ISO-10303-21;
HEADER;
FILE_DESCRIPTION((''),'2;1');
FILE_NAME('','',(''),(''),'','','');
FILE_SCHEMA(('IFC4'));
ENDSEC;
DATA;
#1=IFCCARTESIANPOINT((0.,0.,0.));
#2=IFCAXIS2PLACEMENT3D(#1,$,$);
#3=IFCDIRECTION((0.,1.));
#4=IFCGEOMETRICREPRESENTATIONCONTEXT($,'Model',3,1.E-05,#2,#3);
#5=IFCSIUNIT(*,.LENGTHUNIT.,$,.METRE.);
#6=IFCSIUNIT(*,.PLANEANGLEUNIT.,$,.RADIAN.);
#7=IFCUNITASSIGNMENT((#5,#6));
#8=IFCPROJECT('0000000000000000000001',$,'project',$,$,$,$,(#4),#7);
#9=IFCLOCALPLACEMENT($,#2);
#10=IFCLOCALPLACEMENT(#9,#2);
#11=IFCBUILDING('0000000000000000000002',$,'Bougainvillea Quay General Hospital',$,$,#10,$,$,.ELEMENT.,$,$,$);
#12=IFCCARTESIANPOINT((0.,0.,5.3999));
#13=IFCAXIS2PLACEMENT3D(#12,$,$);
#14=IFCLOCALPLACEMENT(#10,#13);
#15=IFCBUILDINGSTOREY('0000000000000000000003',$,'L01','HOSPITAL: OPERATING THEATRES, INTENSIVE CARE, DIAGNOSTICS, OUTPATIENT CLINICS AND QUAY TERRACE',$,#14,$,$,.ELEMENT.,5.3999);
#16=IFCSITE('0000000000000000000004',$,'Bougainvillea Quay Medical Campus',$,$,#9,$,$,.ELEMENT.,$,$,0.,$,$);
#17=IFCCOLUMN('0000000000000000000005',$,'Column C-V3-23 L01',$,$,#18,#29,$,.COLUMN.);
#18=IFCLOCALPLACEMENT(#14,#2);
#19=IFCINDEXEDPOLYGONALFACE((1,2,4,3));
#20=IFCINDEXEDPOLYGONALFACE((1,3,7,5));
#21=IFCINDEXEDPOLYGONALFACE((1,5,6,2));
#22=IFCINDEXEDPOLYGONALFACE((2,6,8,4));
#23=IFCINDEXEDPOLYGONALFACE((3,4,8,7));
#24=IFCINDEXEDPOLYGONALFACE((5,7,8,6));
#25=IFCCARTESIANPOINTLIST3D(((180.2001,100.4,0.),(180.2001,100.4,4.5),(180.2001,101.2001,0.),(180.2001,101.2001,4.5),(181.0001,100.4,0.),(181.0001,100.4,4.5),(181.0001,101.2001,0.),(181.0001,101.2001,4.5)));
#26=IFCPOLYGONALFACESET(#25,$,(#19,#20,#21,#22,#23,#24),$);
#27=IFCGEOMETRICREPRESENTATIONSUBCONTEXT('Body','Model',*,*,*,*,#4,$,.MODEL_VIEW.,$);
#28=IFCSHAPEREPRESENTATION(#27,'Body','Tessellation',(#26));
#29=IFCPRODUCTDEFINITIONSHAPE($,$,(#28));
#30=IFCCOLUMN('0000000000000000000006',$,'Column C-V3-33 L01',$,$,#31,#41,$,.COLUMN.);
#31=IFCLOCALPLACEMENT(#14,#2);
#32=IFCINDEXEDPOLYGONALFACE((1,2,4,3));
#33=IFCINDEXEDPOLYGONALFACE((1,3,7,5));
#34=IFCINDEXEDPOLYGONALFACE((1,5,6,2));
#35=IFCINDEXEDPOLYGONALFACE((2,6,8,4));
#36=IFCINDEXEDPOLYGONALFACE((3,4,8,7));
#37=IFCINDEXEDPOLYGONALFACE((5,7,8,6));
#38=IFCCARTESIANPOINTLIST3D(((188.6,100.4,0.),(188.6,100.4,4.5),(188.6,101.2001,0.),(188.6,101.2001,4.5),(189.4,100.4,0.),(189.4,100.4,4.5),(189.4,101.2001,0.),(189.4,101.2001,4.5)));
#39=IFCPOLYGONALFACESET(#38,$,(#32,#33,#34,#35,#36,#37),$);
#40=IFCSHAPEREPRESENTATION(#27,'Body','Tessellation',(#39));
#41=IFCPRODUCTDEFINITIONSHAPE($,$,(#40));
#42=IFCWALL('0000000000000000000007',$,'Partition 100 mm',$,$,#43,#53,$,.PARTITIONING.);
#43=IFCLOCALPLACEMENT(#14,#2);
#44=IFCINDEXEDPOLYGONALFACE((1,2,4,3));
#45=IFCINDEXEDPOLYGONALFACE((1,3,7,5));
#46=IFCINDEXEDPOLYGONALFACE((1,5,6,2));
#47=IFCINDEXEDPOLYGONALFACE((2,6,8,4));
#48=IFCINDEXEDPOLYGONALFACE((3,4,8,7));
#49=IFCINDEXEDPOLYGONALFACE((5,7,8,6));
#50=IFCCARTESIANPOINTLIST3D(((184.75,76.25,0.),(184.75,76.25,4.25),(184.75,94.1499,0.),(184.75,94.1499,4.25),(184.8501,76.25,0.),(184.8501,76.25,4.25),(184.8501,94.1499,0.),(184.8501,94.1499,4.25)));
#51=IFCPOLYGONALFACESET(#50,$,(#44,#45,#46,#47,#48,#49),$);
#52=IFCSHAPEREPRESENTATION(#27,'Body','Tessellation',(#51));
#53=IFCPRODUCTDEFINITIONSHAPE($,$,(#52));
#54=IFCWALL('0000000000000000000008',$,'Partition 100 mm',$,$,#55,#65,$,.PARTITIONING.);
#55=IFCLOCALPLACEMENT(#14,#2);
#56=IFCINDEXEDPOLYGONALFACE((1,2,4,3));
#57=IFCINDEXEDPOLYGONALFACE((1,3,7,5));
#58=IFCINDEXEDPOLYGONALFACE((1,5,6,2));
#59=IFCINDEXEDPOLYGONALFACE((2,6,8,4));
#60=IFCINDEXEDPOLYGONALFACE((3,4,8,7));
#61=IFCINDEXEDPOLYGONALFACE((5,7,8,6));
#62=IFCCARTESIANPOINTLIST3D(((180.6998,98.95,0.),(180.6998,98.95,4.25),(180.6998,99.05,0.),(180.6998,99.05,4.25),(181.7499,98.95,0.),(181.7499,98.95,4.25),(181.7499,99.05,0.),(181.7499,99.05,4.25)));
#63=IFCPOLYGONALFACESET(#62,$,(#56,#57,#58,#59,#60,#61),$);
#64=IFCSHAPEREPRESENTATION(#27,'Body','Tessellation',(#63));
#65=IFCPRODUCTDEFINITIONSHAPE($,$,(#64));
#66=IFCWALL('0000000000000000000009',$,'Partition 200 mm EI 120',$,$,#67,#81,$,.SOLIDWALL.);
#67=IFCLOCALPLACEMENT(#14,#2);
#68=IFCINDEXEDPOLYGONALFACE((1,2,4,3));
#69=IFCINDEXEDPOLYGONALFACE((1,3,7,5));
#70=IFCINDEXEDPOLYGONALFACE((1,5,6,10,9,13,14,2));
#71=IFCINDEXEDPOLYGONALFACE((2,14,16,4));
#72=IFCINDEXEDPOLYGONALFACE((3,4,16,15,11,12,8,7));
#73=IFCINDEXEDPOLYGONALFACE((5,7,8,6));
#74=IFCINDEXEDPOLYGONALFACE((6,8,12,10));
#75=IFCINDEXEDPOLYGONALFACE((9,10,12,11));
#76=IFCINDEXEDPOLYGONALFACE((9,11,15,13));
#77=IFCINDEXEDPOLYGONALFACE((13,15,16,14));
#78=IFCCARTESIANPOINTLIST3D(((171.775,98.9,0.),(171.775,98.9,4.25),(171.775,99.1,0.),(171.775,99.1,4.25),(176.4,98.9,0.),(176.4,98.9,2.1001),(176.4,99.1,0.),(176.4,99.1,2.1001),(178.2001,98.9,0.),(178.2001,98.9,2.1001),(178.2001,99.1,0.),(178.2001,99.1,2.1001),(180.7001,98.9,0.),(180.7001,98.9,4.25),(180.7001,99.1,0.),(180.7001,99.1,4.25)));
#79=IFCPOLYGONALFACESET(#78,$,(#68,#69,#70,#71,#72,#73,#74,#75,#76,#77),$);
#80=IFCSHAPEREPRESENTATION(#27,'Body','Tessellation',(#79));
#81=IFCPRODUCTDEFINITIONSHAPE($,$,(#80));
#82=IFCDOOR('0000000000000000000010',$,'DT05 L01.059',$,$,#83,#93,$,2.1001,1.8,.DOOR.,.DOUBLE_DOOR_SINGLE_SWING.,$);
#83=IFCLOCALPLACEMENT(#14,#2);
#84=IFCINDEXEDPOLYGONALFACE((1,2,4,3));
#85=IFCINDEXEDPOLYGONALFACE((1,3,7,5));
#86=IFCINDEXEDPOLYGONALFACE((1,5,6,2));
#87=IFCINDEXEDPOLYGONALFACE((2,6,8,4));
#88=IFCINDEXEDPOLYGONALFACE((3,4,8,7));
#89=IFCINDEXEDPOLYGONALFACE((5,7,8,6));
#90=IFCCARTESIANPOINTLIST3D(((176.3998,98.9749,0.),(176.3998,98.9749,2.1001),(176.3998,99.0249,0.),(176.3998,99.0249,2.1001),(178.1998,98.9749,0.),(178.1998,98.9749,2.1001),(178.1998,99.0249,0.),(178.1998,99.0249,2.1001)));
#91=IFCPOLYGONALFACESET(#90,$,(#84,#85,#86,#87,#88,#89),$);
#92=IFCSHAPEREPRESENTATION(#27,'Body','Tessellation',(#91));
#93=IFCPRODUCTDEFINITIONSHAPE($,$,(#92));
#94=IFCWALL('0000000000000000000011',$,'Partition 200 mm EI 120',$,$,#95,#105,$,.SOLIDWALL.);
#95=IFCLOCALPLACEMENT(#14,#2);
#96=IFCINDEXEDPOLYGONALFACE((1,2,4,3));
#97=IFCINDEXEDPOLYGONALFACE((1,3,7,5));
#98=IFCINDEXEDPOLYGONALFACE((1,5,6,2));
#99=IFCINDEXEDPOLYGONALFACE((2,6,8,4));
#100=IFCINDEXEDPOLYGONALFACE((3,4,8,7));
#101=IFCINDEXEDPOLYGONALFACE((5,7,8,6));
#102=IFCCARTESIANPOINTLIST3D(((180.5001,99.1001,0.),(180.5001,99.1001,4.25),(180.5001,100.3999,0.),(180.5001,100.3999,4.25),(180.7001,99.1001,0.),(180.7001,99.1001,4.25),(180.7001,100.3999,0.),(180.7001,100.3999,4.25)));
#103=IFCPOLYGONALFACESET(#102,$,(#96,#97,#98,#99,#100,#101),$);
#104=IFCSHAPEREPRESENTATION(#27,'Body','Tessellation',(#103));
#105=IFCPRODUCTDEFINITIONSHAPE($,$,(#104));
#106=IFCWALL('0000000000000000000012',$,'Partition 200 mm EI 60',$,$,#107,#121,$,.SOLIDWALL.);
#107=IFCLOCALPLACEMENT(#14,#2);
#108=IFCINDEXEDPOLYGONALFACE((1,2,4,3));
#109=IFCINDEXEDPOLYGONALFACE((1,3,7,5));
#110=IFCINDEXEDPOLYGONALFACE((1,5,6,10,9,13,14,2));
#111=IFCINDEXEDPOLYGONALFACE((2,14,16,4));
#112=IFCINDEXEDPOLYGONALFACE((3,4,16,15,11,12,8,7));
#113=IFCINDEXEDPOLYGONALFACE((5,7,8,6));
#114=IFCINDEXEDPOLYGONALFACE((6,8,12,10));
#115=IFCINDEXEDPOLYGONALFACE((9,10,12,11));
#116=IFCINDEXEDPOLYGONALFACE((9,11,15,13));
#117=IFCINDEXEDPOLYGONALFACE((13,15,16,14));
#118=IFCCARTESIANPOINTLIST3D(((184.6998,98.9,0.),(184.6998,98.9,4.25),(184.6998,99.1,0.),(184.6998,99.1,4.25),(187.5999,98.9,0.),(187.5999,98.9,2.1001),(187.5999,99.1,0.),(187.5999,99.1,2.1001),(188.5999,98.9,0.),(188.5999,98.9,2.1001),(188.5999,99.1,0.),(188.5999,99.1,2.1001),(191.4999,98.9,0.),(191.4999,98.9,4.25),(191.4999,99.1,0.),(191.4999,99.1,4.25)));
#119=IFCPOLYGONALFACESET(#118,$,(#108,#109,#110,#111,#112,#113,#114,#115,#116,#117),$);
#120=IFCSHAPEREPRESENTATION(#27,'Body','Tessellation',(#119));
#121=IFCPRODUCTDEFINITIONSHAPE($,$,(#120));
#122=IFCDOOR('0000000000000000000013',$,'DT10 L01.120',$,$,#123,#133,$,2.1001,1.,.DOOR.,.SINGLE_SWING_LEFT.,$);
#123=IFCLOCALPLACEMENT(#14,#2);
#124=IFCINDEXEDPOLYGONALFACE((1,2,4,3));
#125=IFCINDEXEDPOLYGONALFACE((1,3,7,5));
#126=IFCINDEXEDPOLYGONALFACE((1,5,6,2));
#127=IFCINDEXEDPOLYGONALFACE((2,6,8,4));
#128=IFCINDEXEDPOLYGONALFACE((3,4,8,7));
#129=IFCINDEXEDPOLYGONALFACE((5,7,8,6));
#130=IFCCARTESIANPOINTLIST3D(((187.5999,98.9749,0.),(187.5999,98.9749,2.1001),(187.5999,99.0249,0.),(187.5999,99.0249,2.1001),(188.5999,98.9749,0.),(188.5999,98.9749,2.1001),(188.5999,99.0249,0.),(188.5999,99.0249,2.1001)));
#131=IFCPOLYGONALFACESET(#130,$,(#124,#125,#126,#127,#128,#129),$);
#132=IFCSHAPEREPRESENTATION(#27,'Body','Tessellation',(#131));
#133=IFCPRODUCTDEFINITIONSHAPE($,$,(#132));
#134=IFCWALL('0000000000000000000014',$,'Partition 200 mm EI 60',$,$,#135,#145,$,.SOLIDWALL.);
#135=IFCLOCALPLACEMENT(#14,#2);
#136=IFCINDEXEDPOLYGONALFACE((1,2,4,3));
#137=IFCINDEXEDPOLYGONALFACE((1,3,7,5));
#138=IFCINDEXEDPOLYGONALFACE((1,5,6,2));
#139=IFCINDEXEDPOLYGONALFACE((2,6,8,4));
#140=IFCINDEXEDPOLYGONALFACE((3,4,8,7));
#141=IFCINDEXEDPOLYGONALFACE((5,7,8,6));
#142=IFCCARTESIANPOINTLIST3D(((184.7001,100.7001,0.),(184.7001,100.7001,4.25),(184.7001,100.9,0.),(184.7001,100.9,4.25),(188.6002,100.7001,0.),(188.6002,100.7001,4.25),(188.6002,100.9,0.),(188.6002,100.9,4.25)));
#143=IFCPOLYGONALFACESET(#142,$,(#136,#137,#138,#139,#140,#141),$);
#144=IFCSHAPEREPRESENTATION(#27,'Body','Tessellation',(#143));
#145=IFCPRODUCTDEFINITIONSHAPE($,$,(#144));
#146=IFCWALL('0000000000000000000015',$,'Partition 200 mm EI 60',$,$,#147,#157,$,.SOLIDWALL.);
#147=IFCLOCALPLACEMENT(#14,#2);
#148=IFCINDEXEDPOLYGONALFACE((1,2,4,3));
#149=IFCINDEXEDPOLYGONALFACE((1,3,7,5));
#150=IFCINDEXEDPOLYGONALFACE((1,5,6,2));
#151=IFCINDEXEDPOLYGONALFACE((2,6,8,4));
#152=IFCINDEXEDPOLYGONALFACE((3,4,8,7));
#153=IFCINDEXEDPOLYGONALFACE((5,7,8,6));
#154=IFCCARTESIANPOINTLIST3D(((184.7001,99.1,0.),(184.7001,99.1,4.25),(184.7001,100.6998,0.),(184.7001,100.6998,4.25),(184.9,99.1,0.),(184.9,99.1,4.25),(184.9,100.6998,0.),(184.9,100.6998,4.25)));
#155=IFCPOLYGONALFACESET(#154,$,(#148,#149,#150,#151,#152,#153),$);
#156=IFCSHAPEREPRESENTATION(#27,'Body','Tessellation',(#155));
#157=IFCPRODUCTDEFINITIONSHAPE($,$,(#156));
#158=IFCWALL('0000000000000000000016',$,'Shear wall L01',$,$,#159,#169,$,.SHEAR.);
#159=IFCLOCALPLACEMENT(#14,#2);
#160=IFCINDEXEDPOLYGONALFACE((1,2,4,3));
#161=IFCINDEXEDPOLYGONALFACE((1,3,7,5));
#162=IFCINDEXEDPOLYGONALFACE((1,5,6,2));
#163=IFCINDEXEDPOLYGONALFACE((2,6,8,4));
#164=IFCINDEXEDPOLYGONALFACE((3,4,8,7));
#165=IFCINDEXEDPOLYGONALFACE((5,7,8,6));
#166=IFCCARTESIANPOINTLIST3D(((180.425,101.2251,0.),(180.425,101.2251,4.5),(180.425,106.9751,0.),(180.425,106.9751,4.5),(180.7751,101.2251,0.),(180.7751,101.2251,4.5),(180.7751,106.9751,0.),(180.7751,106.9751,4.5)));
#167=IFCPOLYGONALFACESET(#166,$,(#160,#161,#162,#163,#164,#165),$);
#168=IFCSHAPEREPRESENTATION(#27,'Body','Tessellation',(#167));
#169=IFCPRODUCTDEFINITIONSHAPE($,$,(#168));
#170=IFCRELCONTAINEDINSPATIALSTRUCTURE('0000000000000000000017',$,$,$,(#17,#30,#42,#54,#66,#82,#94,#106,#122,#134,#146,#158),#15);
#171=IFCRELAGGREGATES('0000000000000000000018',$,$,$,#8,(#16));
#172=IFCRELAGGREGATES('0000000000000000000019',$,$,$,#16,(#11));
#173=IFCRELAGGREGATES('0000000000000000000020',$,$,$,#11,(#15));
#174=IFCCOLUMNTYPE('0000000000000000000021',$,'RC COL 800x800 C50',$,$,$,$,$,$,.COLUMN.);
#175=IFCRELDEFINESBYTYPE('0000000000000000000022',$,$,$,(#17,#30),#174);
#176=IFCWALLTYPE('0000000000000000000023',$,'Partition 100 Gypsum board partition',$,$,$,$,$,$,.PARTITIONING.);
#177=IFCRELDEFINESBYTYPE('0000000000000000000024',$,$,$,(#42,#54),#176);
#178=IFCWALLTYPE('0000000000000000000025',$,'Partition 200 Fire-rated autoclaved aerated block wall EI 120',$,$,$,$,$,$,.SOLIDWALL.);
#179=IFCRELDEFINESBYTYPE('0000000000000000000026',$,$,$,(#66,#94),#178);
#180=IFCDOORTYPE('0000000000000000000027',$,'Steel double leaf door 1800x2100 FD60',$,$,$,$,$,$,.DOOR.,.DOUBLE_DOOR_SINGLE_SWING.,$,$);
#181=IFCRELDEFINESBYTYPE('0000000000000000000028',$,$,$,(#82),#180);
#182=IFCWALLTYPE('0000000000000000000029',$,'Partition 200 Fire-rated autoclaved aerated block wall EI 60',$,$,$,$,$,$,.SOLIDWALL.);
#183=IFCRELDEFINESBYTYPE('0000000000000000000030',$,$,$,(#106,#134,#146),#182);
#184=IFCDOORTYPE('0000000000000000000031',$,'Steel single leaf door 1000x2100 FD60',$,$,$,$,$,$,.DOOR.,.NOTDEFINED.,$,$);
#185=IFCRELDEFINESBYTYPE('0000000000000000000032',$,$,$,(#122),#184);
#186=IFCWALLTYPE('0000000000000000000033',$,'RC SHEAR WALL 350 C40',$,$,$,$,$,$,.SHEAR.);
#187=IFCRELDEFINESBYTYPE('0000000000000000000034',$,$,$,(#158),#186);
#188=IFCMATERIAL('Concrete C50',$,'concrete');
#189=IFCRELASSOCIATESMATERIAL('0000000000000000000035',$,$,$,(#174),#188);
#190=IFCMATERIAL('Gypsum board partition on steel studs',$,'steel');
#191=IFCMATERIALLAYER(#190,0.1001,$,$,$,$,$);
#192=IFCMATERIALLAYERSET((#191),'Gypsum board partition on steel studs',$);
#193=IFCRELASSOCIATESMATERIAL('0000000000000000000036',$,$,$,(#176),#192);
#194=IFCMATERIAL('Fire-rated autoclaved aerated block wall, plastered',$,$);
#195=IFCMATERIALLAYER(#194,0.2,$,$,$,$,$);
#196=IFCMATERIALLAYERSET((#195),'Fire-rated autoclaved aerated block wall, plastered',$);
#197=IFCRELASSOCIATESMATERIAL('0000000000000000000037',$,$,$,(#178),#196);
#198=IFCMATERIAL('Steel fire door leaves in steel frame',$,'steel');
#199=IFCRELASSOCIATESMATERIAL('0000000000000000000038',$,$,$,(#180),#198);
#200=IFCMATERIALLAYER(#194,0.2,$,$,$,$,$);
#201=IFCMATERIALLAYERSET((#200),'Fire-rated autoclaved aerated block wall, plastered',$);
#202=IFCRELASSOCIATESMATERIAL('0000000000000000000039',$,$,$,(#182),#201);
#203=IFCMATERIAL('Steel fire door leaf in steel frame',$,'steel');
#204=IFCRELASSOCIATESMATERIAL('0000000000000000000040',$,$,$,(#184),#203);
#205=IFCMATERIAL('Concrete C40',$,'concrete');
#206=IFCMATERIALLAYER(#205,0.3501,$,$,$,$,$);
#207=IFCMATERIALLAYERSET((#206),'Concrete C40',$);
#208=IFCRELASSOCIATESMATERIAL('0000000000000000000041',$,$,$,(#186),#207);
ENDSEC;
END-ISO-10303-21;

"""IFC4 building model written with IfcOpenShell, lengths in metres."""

from ifc_helpers import new_model, si_unit, direction, frame, frame_2d, origin, origin_2d, place, context, subcontext, project, spatial, rectangle, extrude, material, layer, layer_set, material_profile, profile_set, type_object, element, fill, save


model = new_model("IFC4")

# Units and contexts
model_context = context("Model", 3, precision=1e-05, world=origin(), true_north=direction((0.0, 1.0)))
body_context = subcontext(model_context, "Body", "Model", "MODEL_VIEW")
ifc_project = project(units=[si_unit("LENGTHUNIT", "METRE"), si_unit("PLANEANGLEUNIT", "RADIAN")], contexts=[model_context])

# Site, building, storey
site_placement = place(None, origin())
site = spatial("IfcSite", under=ifc_project, at=site_placement, Name="Bougainvillea Quay Medical Campus", CompositionType="ELEMENT", RefElevation=0.0)
building_placement = place(site_placement, origin())
building = spatial("IfcBuilding", under=site, at=building_placement, Name="Bougainvillea Quay General Hospital", CompositionType="ELEMENT")
storey_placement = place(building_placement, frame((0.0, 0.0, 5.3999)))
storey = spatial("IfcBuildingStorey", under=building, at=storey_placement, Name="L01", Description="HOSPITAL: OPERATING THEATRES, INTENSIVE CARE, DIAGNOSTICS, OUTPATIENT CLINICS AND QUAY TERRACE", CompositionType="ELEMENT", Elevation=5.3999)

# Columns
ifc_material_1 = material(Name="Concrete C50", Category="concrete")
ifc_material_profile = material_profile(ifc_material_1, rectangle(XDim=0.8, YDim=0.8, at=origin_2d()))
ifc_profile_set = profile_set([ifc_material_profile], Name="Concrete C50")
column_type = type_object("IfcColumnType", Name="RC COL 800x800 C50", PredefinedType="COLUMN", material=ifc_profile_set)
for number, where, z_axis, x_axis, name in (
    (1, (180.6001, 100.8, 0.0), (0.0, 0.0, 1.0), (1.0, 0.0, 0.0), "Column C-V3-23 L01"),
    (2, (189.0, 100.8, 0.0), (0.0, 0.0, 1.0), (1.0, 0.0, 0.0), "Column C-V3-33 L01"),
):
    element("IfcColumn", number, at=place(storey_placement, frame(where, z_axis=z_axis, x_axis=x_axis)), inside=storey, type_object=column_type, Name=name, PredefinedType="COLUMN", context=body_context, shape_type="SweptSolid", body=[
        extrude(rectangle(XDim=0.8, YDim=0.8, at=origin_2d()), origin(), (0.0, 0.0, 1.0), 4.5),
    ])

# Walls
ifc_material_2 = material(Name="Gypsum board partition on steel studs", Category="steel")
ifc_layer_1 = layer(ifc_material_2, 0.1001)
ifc_layer_set_1 = layer_set([ifc_layer_1], Name="Gypsum board partition on steel studs")
wall_type_1 = type_object("IfcWallType", Name="Partition 100 Gypsum board partition", PredefinedType="PARTITIONING", material=ifc_layer_set_1)
wall_1_placement = place(storey_placement, frame((184.8, 94.1499, 0.0), z_axis=(0.0, 0.0, 1.0), x_axis=(0.0, -1.0, 0.0)))
element("IfcWall", 3, at=wall_1_placement, inside=storey, type_object=wall_type_1, Name="Partition 100 mm", PredefinedType="PARTITIONING", context=body_context, shape_type="SweptSolid", body=[
    extrude(rectangle(XDim=17.8999, YDim=0.1001, at=frame_2d((8.95, 0.0))), origin(), (0.0, 0.0, 1.0), 4.25),
])
wall_2_placement = place(storey_placement, frame((180.7, 99.0, 0.0), z_axis=(0.0, 0.0, 1.0), x_axis=(1.0, 0.0, 0.0)))
element("IfcWall", 4, at=wall_2_placement, inside=storey, type_object=wall_type_1, Name="Partition 100 mm", PredefinedType="PARTITIONING", context=body_context, shape_type="SweptSolid", body=[
    extrude(rectangle(XDim=1.05, YDim=0.1001, at=frame_2d((0.5249, 0.0))), origin(), (0.0, 0.0, 1.0), 4.25),
])

# Wall, opening, door
ifc_material_3 = material(Name="Fire-rated autoclaved aerated block wall, plastered")
ifc_layer_2 = layer(ifc_material_3, 0.2)
ifc_layer_set_2 = layer_set([ifc_layer_2], Name="Fire-rated autoclaved aerated block wall, plastered")
wall_type_2 = type_object("IfcWallType", Name="Partition 200 Fire-rated autoclaved aerated block wall EI 120", PredefinedType="SOLIDWALL", material=ifc_layer_set_2)
wall_3_placement = place(storey_placement, frame((180.7, 99.0, 0.0), z_axis=(0.0, 0.0, 1.0), x_axis=(-1.0, 0.0, 0.0)))
wall_3 = element("IfcWall", 5, at=wall_3_placement, inside=storey, type_object=wall_type_2, Name="Partition 200 mm EI 120", PredefinedType="SOLIDWALL", context=body_context, shape_type="SweptSolid", body=[
    extrude(rectangle(XDim=8.925, YDim=0.2, at=frame_2d((4.4624, 0.0))), origin(), (0.0, 0.0, 1.0), 4.25),
])
opening_1_placement = place(wall_3_placement, frame((2.5, 0.0, 0.0)))
opening_1 = element("IfcOpeningElement", 6, at=opening_1_placement, cuts=wall_3, PredefinedType="OPENING", context=body_context, shape_type="SweptSolid", body=[
    extrude(rectangle(XDim=1.8, YDim=2.1001, at=frame_2d((0.8999, 1.05))), frame((0.0, 0.1099, 0.0), z_axis=(0.0, -1.0, 0.0), x_axis=(1.0, 0.0, 0.0)), (0.0, 0.0, 1.0), 0.22),
])
ifc_material_4 = material(Name="Steel fire door leaves in steel frame", Category="steel")
door_type_1 = type_object("IfcDoorType", Name="Steel double leaf door 1800x2100 FD60", OperationType="DOUBLE_DOOR_SINGLE_SWING", PredefinedType="DOOR", material=ifc_material_4)
door_1_placement = place(opening_1_placement, frame((1.8, 0.0, 0.0), z_axis=(0.0, 0.0, 1.0), x_axis=(-1.0, 0.0, 0.0)))
door_1 = element("IfcDoor", 7, at=door_1_placement, inside=storey, type_object=door_type_1, Name="DT05 L01.059", OperationType="DOUBLE_DOOR_SINGLE_SWING", OverallHeight=2.1001, OverallWidth=1.8, PredefinedType="DOOR", context=body_context, shape_type="SweptSolid", body=[
    extrude(rectangle(XDim=1.8, YDim=2.1001, at=frame_2d((0.8999, 1.05))), frame((0.0, 0.0249, 0.0), z_axis=(0.0, -1.0, 0.0), x_axis=(1.0, 0.0, 0.0)), (0.0, 0.0, 1.0), 0.05),
])
fill(opening_1, door_1)

# Wall
wall_4_placement = place(storey_placement, frame((180.6001, 99.1001, 0.0), z_axis=(0.0, 0.0, 1.0), x_axis=(0.0, 1.0, 0.0)))
element("IfcWall", 8, at=wall_4_placement, inside=storey, type_object=wall_type_2, Name="Partition 200 mm EI 120", PredefinedType="SOLIDWALL", context=body_context, shape_type="SweptSolid", body=[
    extrude(rectangle(XDim=1.2998, YDim=0.2, at=frame_2d((0.6499, 0.0))), origin(), (0.0, 0.0, 1.0), 4.25),
])

# Wall, opening, door
ifc_layer_3 = layer(ifc_material_3, 0.2)
ifc_layer_set_3 = layer_set([ifc_layer_3], Name="Fire-rated autoclaved aerated block wall, plastered")
wall_type_3 = type_object("IfcWallType", Name="Partition 200 Fire-rated autoclaved aerated block wall EI 60", PredefinedType="SOLIDWALL", material=ifc_layer_set_3)
wall_5_placement = place(storey_placement, frame((184.7, 99.0, 0.0), z_axis=(0.0, 0.0, 1.0), x_axis=(1.0, 0.0, 0.0)))
wall_5 = element("IfcWall", 9, at=wall_5_placement, inside=storey, type_object=wall_type_3, Name="Partition 200 mm EI 60", PredefinedType="SOLIDWALL", context=body_context, shape_type="SweptSolid", body=[
    extrude(rectangle(XDim=6.8, YDim=0.2, at=frame_2d((3.3999, 0.0))), origin(), (0.0, 0.0, 1.0), 4.25),
])
opening_2_placement = place(wall_5_placement, frame((2.8999, 0.0, 0.0)))
opening_2 = element("IfcOpeningElement", 10, at=opening_2_placement, cuts=wall_5, PredefinedType="OPENING", context=body_context, shape_type="SweptSolid", body=[
    extrude(rectangle(XDim=1.0, YDim=2.1001, at=frame_2d((0.5, 1.05))), frame((0.0, 0.1099, 0.0), z_axis=(0.0, -1.0, 0.0), x_axis=(1.0, 0.0, 0.0)), (0.0, 0.0, 1.0), 0.22),
])
ifc_material_5 = material(Name="Steel fire door leaf in steel frame", Category="steel")
door_type_2 = type_object("IfcDoorType", Name="Steel single leaf door 1000x2100 FD60", OperationType="NOTDEFINED", PredefinedType="DOOR", material=ifc_material_5)
door_2_placement = place(opening_2_placement, origin())
door_2 = element("IfcDoor", 11, at=door_2_placement, inside=storey, type_object=door_type_2, Name="DT10 L01.120", OperationType="SINGLE_SWING_LEFT", OverallHeight=2.1001, OverallWidth=1.0, PredefinedType="DOOR", context=body_context, shape_type="SweptSolid", body=[
    extrude(rectangle(XDim=1.0, YDim=2.1001, at=frame_2d((0.5, 1.05))), frame((0.0, 0.0249, 0.0), z_axis=(0.0, -1.0, 0.0), x_axis=(1.0, 0.0, 0.0)), (0.0, 0.0, 1.0), 0.05),
])
fill(opening_2, door_2)

# Walls
wall_6_placement = place(storey_placement, frame((184.7, 100.8, 0.0), z_axis=(0.0, 0.0, 1.0), x_axis=(1.0, 0.0, 0.0)))
element("IfcWall", 12, at=wall_6_placement, inside=storey, type_object=wall_type_3, Name="Partition 200 mm EI 60", PredefinedType="SOLIDWALL", context=body_context, shape_type="SweptSolid", body=[
    extrude(rectangle(XDim=3.9001, YDim=0.2, at=frame_2d((1.9502, 0.0))), origin(), (0.0, 0.0, 1.0), 4.25),
])
wall_7_placement = place(storey_placement, frame((184.8, 99.1001, 0.0), z_axis=(0.0, 0.0, 1.0), x_axis=(0.0, 1.0, 0.0)))
element("IfcWall", 13, at=wall_7_placement, inside=storey, type_object=wall_type_3, Name="Partition 200 mm EI 60", PredefinedType="SOLIDWALL", context=body_context, shape_type="SweptSolid", body=[
    extrude(rectangle(XDim=1.5999, YDim=0.2, at=frame_2d((0.7998, 0.0))), origin(), (0.0, 0.0, 1.0), 4.25),
])
ifc_material_6 = material(Name="Concrete C40", Category="concrete")
ifc_layer_4 = layer(ifc_material_6, 0.3501)
ifc_layer_set_4 = layer_set([ifc_layer_4], Name="Concrete C40")
wall_type_4 = type_object("IfcWallType", Name="RC SHEAR WALL 350 C40", PredefinedType="SHEAR", material=ifc_layer_set_4)
wall_8_placement = place(storey_placement, frame((180.6001, 101.2251, 0.0), z_axis=(0.0, 0.0, 1.0), x_axis=(0.0, 1.0, 0.0)))
element("IfcWall", 14, at=wall_8_placement, inside=storey, type_object=wall_type_4, Name="Shear wall L01", PredefinedType="SHEAR", context=body_context, shape_type="SweptSolid", body=[
    extrude(rectangle(XDim=5.75, YDim=0.3501, at=frame_2d((2.875, 0.0))), origin(), (0.0, 0.0, 1.0), 4.5),
])

save(model, "model.ifc")
